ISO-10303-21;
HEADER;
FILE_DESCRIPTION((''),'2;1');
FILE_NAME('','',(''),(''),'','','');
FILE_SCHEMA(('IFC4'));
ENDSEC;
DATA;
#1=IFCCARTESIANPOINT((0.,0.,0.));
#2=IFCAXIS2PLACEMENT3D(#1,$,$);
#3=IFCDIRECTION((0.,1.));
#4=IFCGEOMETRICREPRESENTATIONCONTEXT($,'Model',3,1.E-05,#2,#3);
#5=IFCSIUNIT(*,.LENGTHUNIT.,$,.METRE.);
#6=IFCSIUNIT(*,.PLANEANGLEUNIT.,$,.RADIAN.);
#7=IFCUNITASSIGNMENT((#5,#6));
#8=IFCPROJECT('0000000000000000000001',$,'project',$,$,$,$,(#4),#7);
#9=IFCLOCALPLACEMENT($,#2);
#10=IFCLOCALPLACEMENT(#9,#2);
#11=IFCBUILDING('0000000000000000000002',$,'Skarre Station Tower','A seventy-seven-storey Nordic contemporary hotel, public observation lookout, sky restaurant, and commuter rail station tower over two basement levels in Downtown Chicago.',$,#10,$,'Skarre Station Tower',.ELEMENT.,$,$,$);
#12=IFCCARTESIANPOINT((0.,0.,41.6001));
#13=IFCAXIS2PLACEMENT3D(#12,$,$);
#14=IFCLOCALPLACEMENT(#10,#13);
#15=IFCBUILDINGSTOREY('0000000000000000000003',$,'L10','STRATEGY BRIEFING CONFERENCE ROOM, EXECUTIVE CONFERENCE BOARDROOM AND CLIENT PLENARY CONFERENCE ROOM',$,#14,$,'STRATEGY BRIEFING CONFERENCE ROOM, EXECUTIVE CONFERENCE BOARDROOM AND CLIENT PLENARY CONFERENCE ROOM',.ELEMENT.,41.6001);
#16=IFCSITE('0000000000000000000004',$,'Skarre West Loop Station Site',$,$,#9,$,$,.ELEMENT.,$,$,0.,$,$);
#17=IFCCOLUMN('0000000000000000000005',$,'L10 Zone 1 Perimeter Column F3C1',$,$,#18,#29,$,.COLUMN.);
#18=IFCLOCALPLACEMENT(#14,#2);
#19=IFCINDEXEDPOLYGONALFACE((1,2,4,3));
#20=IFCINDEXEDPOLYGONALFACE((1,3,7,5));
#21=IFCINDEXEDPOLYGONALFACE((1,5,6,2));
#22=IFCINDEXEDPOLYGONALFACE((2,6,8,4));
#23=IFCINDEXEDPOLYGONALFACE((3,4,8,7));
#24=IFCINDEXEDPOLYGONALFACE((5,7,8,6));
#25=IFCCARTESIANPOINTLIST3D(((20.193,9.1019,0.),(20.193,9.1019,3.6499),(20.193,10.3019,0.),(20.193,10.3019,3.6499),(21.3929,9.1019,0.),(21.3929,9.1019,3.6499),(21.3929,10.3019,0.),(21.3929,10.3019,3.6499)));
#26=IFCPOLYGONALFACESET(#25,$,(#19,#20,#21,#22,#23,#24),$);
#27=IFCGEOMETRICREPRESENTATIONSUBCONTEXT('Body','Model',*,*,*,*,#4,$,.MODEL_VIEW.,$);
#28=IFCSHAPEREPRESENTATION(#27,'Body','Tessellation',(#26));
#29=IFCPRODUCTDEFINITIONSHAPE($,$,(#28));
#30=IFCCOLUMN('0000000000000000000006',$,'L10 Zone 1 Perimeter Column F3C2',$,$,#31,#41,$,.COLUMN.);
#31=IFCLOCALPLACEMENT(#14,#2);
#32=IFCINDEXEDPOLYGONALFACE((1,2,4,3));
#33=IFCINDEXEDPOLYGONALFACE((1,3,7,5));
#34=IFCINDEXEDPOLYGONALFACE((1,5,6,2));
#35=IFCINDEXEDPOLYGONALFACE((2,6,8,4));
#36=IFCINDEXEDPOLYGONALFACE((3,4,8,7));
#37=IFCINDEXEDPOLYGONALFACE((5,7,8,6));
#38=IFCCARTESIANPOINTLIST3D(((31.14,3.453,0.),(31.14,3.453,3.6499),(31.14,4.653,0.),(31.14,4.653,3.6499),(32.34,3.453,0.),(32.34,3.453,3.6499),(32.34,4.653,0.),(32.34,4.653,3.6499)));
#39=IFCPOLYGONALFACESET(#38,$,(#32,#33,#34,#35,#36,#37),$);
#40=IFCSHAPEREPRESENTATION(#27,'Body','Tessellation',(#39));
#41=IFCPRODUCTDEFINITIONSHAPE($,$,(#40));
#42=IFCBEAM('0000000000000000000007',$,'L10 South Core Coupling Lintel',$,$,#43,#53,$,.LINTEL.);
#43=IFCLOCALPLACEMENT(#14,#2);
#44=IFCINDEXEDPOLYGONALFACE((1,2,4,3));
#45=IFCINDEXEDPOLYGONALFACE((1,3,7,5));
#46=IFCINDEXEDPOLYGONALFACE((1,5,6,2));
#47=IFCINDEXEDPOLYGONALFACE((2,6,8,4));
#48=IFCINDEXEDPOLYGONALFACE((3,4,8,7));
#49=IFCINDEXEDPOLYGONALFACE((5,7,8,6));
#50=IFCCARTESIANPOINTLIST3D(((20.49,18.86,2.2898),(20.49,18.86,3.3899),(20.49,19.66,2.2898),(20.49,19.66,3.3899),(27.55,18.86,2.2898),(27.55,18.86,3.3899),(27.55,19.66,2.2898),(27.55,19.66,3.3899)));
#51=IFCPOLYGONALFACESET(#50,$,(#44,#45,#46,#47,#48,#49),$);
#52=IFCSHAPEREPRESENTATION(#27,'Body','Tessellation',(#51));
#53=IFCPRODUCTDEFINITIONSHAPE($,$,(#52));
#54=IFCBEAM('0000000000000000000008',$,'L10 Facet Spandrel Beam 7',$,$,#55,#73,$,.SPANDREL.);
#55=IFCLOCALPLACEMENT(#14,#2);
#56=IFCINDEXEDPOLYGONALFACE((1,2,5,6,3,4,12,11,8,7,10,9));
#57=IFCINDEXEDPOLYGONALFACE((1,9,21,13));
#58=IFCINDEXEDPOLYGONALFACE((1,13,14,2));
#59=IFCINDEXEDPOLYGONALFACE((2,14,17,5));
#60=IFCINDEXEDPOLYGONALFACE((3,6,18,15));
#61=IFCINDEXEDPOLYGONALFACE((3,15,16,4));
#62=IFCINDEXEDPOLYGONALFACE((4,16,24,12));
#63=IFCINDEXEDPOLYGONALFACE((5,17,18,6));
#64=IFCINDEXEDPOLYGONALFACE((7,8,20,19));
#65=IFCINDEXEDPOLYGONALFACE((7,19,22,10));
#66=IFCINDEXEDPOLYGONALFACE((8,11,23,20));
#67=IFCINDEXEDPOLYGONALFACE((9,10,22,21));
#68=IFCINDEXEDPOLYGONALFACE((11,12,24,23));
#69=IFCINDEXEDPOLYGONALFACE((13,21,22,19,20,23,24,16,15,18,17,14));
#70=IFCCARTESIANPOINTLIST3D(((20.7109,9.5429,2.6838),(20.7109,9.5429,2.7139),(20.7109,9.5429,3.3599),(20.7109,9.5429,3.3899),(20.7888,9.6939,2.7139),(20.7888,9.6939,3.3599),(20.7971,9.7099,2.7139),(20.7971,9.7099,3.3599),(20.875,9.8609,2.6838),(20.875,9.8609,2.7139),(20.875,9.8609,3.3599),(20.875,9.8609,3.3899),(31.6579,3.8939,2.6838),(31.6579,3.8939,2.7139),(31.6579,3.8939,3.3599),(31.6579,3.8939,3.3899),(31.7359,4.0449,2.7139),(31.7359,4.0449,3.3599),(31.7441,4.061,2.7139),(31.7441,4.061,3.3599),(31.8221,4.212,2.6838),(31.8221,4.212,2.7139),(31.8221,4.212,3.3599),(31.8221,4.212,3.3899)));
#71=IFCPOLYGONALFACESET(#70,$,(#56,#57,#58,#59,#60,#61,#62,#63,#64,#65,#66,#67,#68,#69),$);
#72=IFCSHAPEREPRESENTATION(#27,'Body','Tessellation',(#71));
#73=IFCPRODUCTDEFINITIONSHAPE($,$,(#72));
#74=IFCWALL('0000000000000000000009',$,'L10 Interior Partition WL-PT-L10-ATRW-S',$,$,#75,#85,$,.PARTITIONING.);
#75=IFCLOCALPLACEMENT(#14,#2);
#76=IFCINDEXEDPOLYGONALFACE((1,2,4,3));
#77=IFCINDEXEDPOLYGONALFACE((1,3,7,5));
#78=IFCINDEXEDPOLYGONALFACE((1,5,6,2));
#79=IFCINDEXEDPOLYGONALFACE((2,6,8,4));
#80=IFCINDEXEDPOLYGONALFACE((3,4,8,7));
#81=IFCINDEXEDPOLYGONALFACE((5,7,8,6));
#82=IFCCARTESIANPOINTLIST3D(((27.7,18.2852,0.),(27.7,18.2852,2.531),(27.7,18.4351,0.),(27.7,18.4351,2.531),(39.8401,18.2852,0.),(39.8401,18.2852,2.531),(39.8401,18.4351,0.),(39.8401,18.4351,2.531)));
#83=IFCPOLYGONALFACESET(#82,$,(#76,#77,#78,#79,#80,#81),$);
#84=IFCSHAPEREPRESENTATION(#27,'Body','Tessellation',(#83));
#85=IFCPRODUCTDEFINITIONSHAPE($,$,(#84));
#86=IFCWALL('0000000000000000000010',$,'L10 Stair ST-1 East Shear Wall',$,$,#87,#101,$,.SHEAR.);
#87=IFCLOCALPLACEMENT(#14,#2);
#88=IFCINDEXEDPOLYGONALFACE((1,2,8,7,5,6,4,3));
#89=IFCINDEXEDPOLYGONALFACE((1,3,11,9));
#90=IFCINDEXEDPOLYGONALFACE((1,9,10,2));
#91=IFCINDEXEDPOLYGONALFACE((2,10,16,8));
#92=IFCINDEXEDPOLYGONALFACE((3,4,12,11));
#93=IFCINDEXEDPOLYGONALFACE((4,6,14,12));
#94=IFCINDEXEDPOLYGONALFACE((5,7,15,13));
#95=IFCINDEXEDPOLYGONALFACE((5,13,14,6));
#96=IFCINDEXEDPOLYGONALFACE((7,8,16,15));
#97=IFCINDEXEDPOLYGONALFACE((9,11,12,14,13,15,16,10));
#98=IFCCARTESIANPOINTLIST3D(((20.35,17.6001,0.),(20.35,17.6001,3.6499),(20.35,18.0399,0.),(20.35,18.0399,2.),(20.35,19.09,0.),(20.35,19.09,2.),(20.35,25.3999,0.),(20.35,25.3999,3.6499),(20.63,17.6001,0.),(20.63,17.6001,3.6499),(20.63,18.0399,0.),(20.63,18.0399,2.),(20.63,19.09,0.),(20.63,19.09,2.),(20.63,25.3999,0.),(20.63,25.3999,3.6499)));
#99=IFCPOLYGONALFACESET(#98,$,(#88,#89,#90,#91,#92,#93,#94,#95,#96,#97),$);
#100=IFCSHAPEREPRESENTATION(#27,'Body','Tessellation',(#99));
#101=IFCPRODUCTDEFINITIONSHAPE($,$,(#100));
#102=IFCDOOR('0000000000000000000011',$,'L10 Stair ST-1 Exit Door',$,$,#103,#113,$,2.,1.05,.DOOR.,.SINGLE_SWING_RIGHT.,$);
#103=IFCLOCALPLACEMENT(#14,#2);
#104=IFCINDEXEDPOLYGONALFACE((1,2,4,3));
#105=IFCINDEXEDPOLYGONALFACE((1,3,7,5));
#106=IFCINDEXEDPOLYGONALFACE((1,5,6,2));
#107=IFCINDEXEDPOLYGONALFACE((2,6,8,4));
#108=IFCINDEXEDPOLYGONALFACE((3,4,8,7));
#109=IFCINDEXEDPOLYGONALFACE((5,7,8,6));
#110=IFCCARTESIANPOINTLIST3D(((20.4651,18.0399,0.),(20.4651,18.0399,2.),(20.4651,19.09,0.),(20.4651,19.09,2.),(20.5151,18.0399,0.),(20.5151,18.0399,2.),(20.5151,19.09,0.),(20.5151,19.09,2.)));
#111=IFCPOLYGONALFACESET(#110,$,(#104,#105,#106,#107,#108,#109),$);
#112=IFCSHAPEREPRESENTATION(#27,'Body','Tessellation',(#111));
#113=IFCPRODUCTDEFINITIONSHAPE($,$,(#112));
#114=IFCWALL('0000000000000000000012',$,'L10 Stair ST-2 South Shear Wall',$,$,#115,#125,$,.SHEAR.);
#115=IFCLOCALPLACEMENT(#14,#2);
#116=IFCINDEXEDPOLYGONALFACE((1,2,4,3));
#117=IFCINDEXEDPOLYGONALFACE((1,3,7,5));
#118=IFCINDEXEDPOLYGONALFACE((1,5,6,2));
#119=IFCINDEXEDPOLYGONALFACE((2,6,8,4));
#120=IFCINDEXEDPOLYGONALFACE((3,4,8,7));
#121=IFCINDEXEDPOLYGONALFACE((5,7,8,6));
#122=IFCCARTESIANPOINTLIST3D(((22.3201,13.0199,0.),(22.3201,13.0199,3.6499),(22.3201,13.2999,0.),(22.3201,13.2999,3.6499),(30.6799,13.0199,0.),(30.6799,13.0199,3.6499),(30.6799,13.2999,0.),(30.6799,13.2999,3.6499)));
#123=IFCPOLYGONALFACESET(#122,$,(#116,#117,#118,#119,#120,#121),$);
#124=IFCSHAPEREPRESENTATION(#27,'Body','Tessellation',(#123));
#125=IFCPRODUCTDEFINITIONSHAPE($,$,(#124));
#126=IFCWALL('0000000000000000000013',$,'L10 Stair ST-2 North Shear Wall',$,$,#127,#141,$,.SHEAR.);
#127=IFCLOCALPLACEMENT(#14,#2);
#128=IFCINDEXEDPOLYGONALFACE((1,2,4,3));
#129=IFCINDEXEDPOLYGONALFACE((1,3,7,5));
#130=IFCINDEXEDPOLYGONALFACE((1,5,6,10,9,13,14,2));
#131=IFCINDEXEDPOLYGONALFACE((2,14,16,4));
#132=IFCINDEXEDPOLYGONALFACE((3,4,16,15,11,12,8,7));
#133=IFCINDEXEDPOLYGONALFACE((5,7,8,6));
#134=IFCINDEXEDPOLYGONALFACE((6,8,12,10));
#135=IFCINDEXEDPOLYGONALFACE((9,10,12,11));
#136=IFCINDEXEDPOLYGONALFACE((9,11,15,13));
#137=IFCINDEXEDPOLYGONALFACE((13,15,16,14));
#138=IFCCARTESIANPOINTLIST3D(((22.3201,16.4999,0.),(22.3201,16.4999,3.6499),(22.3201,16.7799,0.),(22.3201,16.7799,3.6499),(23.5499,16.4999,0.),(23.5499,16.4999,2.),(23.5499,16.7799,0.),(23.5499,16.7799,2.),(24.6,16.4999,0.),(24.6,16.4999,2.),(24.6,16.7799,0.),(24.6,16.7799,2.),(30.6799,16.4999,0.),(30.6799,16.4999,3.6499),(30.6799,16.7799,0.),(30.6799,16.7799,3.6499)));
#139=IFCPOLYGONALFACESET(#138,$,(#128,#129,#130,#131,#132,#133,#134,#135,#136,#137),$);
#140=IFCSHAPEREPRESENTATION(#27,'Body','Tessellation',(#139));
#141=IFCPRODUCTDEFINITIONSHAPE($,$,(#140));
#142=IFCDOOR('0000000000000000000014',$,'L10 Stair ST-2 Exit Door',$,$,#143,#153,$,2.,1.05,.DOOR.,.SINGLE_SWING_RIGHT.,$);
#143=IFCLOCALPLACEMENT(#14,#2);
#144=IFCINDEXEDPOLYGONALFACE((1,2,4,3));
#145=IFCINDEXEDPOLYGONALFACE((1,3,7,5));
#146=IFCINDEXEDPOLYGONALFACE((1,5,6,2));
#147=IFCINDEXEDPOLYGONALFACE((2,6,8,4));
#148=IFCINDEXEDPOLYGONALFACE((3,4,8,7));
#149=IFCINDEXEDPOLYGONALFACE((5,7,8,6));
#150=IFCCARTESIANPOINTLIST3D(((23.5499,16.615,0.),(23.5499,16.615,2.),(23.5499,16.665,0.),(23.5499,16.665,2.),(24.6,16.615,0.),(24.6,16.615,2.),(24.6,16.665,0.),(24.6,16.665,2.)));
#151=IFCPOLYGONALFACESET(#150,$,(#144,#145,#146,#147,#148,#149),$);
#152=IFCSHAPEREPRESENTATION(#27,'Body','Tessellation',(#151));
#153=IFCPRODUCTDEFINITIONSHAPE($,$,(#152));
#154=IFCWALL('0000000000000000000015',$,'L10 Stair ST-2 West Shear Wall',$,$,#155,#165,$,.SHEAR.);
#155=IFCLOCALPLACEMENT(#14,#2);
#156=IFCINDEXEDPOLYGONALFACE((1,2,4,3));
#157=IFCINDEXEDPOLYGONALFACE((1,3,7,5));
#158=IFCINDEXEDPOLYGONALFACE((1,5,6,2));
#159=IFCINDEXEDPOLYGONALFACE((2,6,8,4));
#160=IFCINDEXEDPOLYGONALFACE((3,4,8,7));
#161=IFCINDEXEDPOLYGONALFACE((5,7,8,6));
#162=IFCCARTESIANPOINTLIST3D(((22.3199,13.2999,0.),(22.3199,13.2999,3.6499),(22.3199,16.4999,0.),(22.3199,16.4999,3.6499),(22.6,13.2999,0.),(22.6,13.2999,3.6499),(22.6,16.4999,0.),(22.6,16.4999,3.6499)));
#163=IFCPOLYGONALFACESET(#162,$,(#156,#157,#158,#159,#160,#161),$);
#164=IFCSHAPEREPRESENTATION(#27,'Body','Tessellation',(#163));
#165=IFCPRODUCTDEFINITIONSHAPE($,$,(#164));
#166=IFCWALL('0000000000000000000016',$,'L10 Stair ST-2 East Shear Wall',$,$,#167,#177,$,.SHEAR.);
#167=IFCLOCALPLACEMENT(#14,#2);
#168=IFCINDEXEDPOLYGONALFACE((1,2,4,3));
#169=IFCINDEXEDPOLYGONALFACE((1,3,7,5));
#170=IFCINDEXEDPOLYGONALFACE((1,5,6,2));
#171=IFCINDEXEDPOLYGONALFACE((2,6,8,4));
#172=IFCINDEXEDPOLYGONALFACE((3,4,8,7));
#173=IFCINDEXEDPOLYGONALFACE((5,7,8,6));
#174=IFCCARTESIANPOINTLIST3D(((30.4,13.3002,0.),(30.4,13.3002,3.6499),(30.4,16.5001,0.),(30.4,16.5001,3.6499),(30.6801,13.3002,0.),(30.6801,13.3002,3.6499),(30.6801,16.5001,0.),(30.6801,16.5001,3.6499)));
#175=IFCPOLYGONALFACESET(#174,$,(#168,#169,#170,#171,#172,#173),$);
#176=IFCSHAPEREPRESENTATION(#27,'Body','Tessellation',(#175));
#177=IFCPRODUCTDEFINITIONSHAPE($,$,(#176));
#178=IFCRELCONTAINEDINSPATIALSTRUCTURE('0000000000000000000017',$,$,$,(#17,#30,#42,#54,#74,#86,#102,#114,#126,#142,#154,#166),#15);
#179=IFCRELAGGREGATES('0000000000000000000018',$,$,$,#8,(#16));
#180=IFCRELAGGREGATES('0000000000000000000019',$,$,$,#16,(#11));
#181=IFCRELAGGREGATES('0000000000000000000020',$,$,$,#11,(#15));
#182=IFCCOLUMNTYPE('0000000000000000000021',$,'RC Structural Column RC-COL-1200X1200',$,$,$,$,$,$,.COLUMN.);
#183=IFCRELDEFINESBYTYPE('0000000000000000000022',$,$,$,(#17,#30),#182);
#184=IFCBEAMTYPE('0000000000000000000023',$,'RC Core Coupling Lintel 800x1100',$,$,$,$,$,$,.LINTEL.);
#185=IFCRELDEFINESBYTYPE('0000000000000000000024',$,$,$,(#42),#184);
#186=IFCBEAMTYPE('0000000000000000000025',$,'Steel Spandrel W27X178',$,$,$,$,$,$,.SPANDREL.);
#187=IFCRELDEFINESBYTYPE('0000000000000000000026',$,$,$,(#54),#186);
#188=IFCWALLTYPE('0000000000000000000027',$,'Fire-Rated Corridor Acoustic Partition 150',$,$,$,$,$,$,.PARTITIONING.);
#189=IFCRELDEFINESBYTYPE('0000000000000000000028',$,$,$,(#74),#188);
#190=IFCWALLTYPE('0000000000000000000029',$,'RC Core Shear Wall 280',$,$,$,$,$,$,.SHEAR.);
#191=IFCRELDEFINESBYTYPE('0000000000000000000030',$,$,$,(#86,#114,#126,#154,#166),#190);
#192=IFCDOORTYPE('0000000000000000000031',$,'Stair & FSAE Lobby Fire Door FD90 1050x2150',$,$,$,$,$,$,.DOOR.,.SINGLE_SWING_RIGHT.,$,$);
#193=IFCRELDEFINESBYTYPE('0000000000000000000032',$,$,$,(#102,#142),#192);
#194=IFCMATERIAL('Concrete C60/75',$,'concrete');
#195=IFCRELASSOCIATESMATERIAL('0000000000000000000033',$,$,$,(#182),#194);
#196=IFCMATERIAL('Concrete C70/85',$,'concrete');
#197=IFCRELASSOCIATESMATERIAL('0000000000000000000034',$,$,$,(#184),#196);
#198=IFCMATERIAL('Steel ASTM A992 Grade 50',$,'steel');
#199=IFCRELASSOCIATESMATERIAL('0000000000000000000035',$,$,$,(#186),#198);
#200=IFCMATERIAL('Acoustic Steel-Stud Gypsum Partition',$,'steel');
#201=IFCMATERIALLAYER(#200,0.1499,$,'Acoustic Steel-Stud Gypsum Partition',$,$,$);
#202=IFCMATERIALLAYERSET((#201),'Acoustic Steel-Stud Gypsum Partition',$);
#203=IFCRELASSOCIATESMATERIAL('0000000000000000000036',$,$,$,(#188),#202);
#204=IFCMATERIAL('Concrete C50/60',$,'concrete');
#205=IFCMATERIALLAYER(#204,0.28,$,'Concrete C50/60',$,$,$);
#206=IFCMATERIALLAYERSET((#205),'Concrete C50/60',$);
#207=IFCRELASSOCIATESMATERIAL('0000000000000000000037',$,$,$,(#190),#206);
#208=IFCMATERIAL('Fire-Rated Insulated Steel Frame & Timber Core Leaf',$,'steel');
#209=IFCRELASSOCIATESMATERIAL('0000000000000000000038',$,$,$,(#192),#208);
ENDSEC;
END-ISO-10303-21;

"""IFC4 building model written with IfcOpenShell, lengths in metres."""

from ifc_helpers import new_model, si_unit, direction, frame, frame_2d, origin, origin_2d, place, context, subcontext, project, spatial, rectangle, i_section, extrude, material, layer, layer_set, material_profile, profile_set, type_object, element, fill, save


model = new_model("IFC4")

# Units and contexts
model_context = context("Model", 3, precision=1e-05, world=origin(), true_north=direction((0.0, 1.0)))
body_context = subcontext(model_context, "Body", "Model", "MODEL_VIEW")
ifc_project = project(units=[si_unit("LENGTHUNIT", "METRE"), si_unit("PLANEANGLEUNIT", "RADIAN")], contexts=[model_context])

# Site, building, storey
site_placement = place(None, origin())
site = spatial("IfcSite", under=ifc_project, at=site_placement, Name="Skarre West Loop Station Site", CompositionType="ELEMENT", RefElevation=0.0)
building_placement = place(site_placement, origin())
building = spatial("IfcBuilding", under=site, at=building_placement, Name="Skarre Station Tower", Description="A seventy-seven-storey Nordic contemporary hotel, public observation lookout, sky restaurant, and commuter rail station tower over two basement levels in Downtown Chicago.", LongName="Skarre Station Tower", CompositionType="ELEMENT")
storey_placement = place(building_placement, frame((0.0, 0.0, 41.6001)))
storey = spatial("IfcBuildingStorey", under=building, at=storey_placement, Name="L10", Description="STRATEGY BRIEFING CONFERENCE ROOM, EXECUTIVE CONFERENCE BOARDROOM AND CLIENT PLENARY CONFERENCE ROOM", LongName="STRATEGY BRIEFING CONFERENCE ROOM, EXECUTIVE CONFERENCE BOARDROOM AND CLIENT PLENARY CONFERENCE ROOM", CompositionType="ELEMENT", Elevation=41.6001)

# Columns
ifc_material_1 = material(Name="Concrete C60/75", Category="concrete")
ifc_material_profile_1 = material_profile(ifc_material_1, rectangle(XDim=1.2, YDim=1.2, at=origin_2d()), Name="Concrete C60/75")
ifc_profile_set_1 = profile_set([ifc_material_profile_1], Name="Concrete C60/75")
column_type = type_object("IfcColumnType", Name="RC Structural Column RC-COL-1200X1200", PredefinedType="COLUMN", material=ifc_profile_set_1)
for number, where, z_axis, x_axis, name in (
    (1, (20.793, 9.7019, 0.0), (0.0, 0.0, 1.0), (1.0, 0.0, 0.0), "L10 Zone 1 Perimeter Column F3C1"),
    (2, (31.74, 4.053, 0.0), (0.0, 0.0, 1.0), (1.0, 0.0, 0.0), "L10 Zone 1 Perimeter Column F3C2"),
):
    element("IfcColumn", number, at=place(storey_placement, frame(where, z_axis=z_axis, x_axis=x_axis)), inside=storey, type_object=column_type, Name=name, PredefinedType="COLUMN", context=body_context, shape_type="SweptSolid", body=[
        extrude(rectangle(XDim=1.2, YDim=1.2, at=origin_2d()), origin(), (0.0, 0.0, 1.0), 3.6499),
    ])

# Beams
ifc_material_2 = material(Name="Concrete C70/85", Category="concrete")
ifc_material_profile_2 = material_profile(ifc_material_2, rectangle(XDim=0.8, YDim=1.1001, at=origin_2d()), Name="Concrete C70/85")
ifc_profile_set_2 = profile_set([ifc_material_profile_2], Name="Concrete C70/85")
beam_type_1 = type_object("IfcBeamType", Name="RC Core Coupling Lintel 800x1100", PredefinedType="LINTEL", material=ifc_profile_set_2)
beam_1_placement = place(storey_placement, frame((20.49, 19.26, 2.8398), z_axis=(1.0, 0.0, 0.0), x_axis=(0.0, 1.0, 0.0)))
element("IfcBeam", 3, at=beam_1_placement, inside=storey, type_object=beam_type_1, Name="L10 South Core Coupling Lintel", PredefinedType="LINTEL", context=body_context, shape_type="SweptSolid", body=[
    extrude(rectangle(XDim=0.8, YDim=1.1001, at=origin_2d()), origin(), (0.0, 0.0, 1.0), 7.0601),
])
ifc_material_3 = material(Name="Steel ASTM A992 Grade 50", Category="steel")
ifc_material_profile_3 = material_profile(ifc_material_3, i_section(OverallWidth=0.3579, OverallDepth=0.7061, WebThickness=0.0181, FlangeThickness=0.03, at=origin_2d()), Name="Steel ASTM A992 Grade 50")
ifc_profile_set_3 = profile_set([ifc_material_profile_3], Name="Steel ASTM A992 Grade 50")
beam_type_2 = type_object("IfcBeamType", Name="Steel Spandrel W27X178", PredefinedType="SPANDREL", material=ifc_profile_set_3)
beam_2_placement = place(storey_placement, frame((20.793, 9.7019, 3.0369), z_axis=(0.888659, -0.458569, 0.0), x_axis=(0.458569, 0.888659, 0.0)))
element("IfcBeam", 4, at=beam_2_placement, inside=storey, type_object=beam_type_2, Name="L10 Facet Spandrel Beam 7", PredefinedType="SPANDREL", context=body_context, shape_type="SweptSolid", body=[
    extrude(i_section(OverallWidth=0.3579, OverallDepth=0.7061, WebThickness=0.0181, FlangeThickness=0.03, at=origin_2d()), origin(), (0.0, 0.0, 1.0), 12.3186),
])

# Wall
ifc_material_4 = material(Name="Acoustic Steel-Stud Gypsum Partition", Category="steel")
ifc_layer_1 = layer(ifc_material_4, 0.1499, Name="Acoustic Steel-Stud Gypsum Partition")
ifc_layer_set_1 = layer_set([ifc_layer_1], Name="Acoustic Steel-Stud Gypsum Partition")
wall_type_1 = type_object("IfcWallType", Name="Fire-Rated Corridor Acoustic Partition 150", PredefinedType="PARTITIONING", material=ifc_layer_set_1)
wall_1_placement = place(storey_placement, frame((27.7, 18.3601, 0.0), z_axis=(0.0, 0.0, 1.0), x_axis=(1.0, 0.0, 0.0)))
element("IfcWall", 5, at=wall_1_placement, inside=storey, type_object=wall_type_1, Name="L10 Interior Partition WL-PT-L10-ATRW-S", PredefinedType="PARTITIONING", context=body_context, shape_type="SweptSolid", body=[
    extrude(rectangle(XDim=12.1401, YDim=0.1499, at=frame_2d((6.0701, 0.0))), origin(), (0.0, 0.0, 1.0), 2.531),
])

# Wall, opening, door
ifc_material_5 = material(Name="Concrete C50/60", Category="concrete")
ifc_layer_2 = layer(ifc_material_5, 0.28, Name="Concrete C50/60")
ifc_layer_set_2 = layer_set([ifc_layer_2], Name="Concrete C50/60")
wall_type_2 = type_object("IfcWallType", Name="RC Core Shear Wall 280", PredefinedType="SHEAR", material=ifc_layer_set_2)
wall_2_placement = place(storey_placement, frame((20.49, 17.6001, 0.0), z_axis=(0.0, 0.0, 1.0), x_axis=(0.0, 1.0, 0.0)))
wall_2 = element("IfcWall", 6, at=wall_2_placement, inside=storey, type_object=wall_type_2, Name="L10 Stair ST-1 East Shear Wall", PredefinedType="SHEAR", context=body_context, shape_type="SweptSolid", body=[
    extrude(rectangle(XDim=7.7998, YDim=0.28, at=frame_2d((3.8999, 0.0))), origin(), (0.0, 0.0, 1.0), 3.6499),
])
opening_1_placement = place(wall_2_placement, frame((0.4399, 0.0, 0.0)))
opening_1 = element("IfcOpeningElement", 7, at=opening_1_placement, cuts=wall_2, PredefinedType="OPENING", context=body_context, shape_type="SweptSolid", body=[
    extrude(rectangle(XDim=1.05, YDim=2.0, at=frame_2d((0.5249, 1.0))), frame((0.0, 0.1499, 0.0), z_axis=(0.0, -1.0, 0.0), x_axis=(1.0, 0.0, 0.0)), (0.0, 0.0, 1.0), 0.3),
])
ifc_material_6 = material(Name="Fire-Rated Insulated Steel Frame & Timber Core Leaf", Category="steel")
door_type = type_object("IfcDoorType", Name="Stair & FSAE Lobby Fire Door FD90 1050x2150", OperationType="SINGLE_SWING_RIGHT", PredefinedType="DOOR", material=ifc_material_6)
door_1_placement = place(opening_1_placement, origin())
door_1 = element("IfcDoor", 8, at=door_1_placement, inside=storey, type_object=door_type, Name="L10 Stair ST-1 Exit Door", OperationType="SINGLE_SWING_RIGHT", OverallHeight=2.0, OverallWidth=1.05, PredefinedType="DOOR", context=body_context, shape_type="SweptSolid", body=[
    extrude(rectangle(XDim=1.05, YDim=2.0, at=frame_2d((0.5249, 1.0))), frame((0.0, 0.0249, 0.0), z_axis=(0.0, -1.0, 0.0), x_axis=(1.0, 0.0, 0.0)), (0.0, 0.0, 1.0), 0.05),
])
fill(opening_1, door_1)

# Wall
wall_3_placement = place(storey_placement, frame((22.3201, 13.1599, 0.0), z_axis=(0.0, 0.0, 1.0), x_axis=(1.0, 0.0, 0.0)))
element("IfcWall", 9, at=wall_3_placement, inside=storey, type_object=wall_type_2, Name="L10 Stair ST-2 South Shear Wall", PredefinedType="SHEAR", context=body_context, shape_type="SweptSolid", body=[
    extrude(rectangle(XDim=8.3599, YDim=0.28, at=frame_2d((4.1799, 0.0))), origin(), (0.0, 0.0, 1.0), 3.6499),
])

# Wall, opening, door
wall_4_placement = place(storey_placement, frame((30.6799, 16.6399, 0.0), z_axis=(0.0, 0.0, 1.0), x_axis=(-1.0, 0.0, 0.0)))
wall_4 = element("IfcWall", 10, at=wall_4_placement, inside=storey, type_object=wall_type_2, Name="L10 Stair ST-2 North Shear Wall", PredefinedType="SHEAR", context=body_context, shape_type="SweptSolid", body=[
    extrude(rectangle(XDim=8.3599, YDim=0.28, at=frame_2d((4.1799, 0.0))), origin(), (0.0, 0.0, 1.0), 3.6499),
])
opening_2_placement = place(wall_4_placement, frame((6.0801, 0.0, 0.0)))
opening_2 = element("IfcOpeningElement", 11, at=opening_2_placement, cuts=wall_4, PredefinedType="OPENING", context=body_context, shape_type="SweptSolid", body=[
    extrude(rectangle(XDim=1.05, YDim=2.0, at=frame_2d((0.5249, 1.0))), frame((0.0, 0.1499, 0.0), z_axis=(0.0, -1.0, 0.0), x_axis=(1.0, 0.0, 0.0)), (0.0, 0.0, 1.0), 0.3),
])
door_2_placement = place(opening_2_placement, origin())
door_2 = element("IfcDoor", 12, at=door_2_placement, inside=storey, type_object=door_type, Name="L10 Stair ST-2 Exit Door", OperationType="SINGLE_SWING_RIGHT", OverallHeight=2.0, OverallWidth=1.05, PredefinedType="DOOR", context=body_context, shape_type="SweptSolid", body=[
    extrude(rectangle(XDim=1.05, YDim=2.0, at=frame_2d((0.5249, 1.0))), frame((0.0, 0.0249, 0.0), z_axis=(0.0, -1.0, 0.0), x_axis=(1.0, 0.0, 0.0)), (0.0, 0.0, 1.0), 0.05),
])
fill(opening_2, door_2)

# Walls
for number, where, z_axis, x_axis, name in (
    (13, (22.46, 16.5, 0.0), (0.0, 0.0, 1.0), (0.0, -1.0, 0.0), "L10 Stair ST-2 West Shear Wall"),
    (14, (30.54, 13.3, 0.0), (0.0, 0.0, 1.0), (0.0, 1.0, 0.0), "L10 Stair ST-2 East Shear Wall"),
):
    element("IfcWall", number, at=place(storey_placement, frame(where, z_axis=z_axis, x_axis=x_axis)), inside=storey, type_object=wall_type_2, Name=name, PredefinedType="SHEAR", context=body_context, shape_type="SweptSolid", body=[
        extrude(rectangle(XDim=3.2, YDim=0.28, at=frame_2d((1.6001, 0.0))), origin(), (0.0, 0.0, 1.0), 3.6499),
    ])

save(model, "model.ifc")
